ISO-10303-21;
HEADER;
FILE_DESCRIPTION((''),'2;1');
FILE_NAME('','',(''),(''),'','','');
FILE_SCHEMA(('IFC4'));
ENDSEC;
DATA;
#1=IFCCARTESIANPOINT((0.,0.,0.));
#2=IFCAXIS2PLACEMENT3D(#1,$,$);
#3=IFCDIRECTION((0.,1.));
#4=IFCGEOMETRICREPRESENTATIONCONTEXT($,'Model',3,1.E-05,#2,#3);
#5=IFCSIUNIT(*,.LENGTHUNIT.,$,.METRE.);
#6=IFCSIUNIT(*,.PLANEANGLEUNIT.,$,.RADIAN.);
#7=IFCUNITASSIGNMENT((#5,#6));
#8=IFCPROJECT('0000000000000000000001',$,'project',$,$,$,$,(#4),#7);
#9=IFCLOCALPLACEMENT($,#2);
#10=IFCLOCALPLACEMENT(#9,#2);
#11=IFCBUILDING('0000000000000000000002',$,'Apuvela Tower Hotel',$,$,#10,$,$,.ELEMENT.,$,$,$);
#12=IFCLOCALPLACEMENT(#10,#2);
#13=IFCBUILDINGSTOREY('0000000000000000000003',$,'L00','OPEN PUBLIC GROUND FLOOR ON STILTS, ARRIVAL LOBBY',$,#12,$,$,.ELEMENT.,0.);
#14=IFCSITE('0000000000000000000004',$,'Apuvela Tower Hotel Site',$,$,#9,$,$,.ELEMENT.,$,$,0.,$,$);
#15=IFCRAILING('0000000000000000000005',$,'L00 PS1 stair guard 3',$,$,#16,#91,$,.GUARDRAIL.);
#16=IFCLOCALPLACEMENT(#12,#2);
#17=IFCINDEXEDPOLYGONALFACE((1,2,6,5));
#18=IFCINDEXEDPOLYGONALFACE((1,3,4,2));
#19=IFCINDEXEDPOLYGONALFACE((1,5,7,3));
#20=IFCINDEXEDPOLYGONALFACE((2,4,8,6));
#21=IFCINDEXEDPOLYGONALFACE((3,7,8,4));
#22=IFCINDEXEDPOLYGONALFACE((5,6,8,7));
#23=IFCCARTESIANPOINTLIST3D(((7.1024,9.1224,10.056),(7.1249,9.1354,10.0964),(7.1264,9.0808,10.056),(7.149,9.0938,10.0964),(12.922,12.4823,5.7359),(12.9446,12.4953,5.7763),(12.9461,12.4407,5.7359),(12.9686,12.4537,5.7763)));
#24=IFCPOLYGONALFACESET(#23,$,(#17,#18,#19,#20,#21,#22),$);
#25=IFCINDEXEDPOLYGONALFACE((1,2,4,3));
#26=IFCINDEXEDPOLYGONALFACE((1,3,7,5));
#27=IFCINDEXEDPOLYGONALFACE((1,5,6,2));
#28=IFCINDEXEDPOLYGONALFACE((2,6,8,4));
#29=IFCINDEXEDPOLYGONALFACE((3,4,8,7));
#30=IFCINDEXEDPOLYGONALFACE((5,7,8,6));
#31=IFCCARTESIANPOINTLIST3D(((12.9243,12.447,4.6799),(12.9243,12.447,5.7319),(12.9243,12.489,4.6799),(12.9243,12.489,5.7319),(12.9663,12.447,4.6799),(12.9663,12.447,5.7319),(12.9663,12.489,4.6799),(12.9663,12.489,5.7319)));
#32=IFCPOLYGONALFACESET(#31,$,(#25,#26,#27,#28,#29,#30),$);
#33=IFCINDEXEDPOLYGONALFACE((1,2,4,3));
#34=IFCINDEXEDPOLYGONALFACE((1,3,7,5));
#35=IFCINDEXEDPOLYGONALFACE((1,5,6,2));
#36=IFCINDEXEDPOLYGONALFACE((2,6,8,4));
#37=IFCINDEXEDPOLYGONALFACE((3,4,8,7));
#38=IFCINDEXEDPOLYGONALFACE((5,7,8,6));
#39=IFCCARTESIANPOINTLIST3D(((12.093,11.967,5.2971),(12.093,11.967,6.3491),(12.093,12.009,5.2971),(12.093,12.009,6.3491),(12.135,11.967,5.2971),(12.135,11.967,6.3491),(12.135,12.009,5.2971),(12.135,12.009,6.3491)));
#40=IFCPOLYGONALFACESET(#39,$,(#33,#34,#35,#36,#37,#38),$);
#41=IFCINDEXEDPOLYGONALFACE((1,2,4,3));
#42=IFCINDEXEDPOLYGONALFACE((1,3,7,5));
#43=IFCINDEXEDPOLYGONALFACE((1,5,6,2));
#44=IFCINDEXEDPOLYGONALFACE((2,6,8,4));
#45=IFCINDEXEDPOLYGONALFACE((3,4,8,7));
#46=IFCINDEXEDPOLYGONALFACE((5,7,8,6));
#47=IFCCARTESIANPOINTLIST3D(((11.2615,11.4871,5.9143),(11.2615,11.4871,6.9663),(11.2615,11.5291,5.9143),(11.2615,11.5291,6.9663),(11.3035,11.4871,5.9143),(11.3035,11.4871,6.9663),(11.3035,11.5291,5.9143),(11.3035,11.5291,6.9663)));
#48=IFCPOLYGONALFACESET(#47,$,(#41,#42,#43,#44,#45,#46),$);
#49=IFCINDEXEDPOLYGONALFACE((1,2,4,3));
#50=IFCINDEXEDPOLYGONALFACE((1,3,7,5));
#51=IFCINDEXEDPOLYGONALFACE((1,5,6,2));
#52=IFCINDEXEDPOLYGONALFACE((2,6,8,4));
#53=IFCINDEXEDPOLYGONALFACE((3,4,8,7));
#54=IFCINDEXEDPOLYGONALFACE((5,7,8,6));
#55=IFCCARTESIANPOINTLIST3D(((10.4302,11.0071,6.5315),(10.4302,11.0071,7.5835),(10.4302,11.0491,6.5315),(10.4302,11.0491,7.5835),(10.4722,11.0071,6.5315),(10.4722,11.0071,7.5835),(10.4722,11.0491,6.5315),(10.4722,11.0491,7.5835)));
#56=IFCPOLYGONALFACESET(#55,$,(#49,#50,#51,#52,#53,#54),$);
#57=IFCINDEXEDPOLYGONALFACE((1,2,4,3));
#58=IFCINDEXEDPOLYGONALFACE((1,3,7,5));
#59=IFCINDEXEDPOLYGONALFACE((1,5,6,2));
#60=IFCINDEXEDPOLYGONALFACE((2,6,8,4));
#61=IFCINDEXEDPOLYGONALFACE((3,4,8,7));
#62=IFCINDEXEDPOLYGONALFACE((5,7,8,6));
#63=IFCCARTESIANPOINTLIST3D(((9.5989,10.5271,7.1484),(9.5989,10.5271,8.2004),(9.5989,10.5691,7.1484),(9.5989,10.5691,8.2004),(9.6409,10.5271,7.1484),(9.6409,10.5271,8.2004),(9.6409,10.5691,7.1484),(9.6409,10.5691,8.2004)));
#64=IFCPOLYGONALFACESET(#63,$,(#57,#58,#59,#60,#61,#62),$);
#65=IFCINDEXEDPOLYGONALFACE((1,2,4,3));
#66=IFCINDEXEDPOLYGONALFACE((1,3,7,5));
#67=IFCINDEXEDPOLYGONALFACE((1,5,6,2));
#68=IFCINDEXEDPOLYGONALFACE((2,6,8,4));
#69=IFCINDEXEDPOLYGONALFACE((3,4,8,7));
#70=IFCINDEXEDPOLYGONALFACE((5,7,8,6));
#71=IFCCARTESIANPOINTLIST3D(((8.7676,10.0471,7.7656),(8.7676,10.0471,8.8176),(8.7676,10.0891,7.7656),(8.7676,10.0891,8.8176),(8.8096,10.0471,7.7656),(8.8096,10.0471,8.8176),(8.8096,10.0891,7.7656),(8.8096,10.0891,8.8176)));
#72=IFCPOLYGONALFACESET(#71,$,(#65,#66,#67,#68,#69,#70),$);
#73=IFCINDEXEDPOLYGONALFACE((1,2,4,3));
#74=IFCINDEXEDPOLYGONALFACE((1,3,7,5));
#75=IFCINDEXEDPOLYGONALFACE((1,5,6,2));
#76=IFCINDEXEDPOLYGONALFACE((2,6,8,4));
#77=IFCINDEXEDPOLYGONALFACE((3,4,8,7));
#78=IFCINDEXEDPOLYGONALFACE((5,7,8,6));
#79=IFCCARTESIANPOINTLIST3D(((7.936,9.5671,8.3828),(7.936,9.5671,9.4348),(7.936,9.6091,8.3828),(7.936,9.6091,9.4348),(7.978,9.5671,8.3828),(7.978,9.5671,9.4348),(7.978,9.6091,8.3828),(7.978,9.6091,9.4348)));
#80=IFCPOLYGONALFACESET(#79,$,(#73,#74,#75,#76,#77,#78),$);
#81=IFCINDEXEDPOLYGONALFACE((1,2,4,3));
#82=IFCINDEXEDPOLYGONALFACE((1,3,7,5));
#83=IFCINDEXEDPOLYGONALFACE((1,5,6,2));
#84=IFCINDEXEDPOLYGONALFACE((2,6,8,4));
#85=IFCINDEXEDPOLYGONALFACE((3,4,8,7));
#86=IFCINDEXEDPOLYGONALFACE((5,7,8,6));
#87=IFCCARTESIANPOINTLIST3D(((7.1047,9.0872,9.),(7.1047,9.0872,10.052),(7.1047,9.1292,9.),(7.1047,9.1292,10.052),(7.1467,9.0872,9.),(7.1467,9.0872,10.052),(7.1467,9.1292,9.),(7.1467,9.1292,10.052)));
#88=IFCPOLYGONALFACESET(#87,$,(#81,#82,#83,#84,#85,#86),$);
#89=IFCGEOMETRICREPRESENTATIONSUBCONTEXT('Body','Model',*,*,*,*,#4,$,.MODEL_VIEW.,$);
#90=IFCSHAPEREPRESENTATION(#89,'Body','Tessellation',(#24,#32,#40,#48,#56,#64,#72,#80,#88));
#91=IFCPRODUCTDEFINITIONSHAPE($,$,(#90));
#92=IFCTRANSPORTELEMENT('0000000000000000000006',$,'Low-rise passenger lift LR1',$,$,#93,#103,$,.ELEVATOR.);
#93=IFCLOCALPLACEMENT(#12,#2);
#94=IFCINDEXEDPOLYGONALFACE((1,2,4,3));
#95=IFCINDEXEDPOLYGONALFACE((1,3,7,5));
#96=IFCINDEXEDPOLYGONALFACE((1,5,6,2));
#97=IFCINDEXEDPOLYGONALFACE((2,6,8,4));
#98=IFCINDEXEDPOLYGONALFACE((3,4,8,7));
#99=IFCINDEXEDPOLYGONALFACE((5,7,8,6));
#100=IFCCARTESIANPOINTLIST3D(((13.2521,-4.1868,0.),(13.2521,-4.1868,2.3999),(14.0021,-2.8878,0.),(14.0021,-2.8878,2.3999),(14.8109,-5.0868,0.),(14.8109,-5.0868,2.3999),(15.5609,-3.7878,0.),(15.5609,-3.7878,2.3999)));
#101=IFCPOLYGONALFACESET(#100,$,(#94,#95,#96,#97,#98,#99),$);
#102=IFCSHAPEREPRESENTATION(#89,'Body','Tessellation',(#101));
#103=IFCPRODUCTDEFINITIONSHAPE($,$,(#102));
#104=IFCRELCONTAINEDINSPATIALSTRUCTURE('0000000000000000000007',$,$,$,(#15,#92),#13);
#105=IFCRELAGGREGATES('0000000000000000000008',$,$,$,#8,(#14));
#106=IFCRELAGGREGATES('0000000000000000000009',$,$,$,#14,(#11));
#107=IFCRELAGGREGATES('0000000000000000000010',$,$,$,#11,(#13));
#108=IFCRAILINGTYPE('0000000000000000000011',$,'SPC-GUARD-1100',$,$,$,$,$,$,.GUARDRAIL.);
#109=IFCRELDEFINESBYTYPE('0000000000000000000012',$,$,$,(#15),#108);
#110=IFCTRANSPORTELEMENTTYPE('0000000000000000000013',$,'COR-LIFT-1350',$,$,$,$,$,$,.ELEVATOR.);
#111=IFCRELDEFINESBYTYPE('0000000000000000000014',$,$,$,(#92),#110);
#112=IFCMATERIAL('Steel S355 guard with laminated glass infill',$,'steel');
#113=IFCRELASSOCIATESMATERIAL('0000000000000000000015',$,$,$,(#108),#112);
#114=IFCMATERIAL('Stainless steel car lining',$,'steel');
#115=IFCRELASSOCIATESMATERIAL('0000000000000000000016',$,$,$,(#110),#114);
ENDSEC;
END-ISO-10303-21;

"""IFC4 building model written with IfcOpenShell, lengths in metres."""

from ifc_helpers import new_model, si_unit, direction, frame, origin, origin_2d, place, context, subcontext, project, spatial, rectangle, extrude, material, type_object, element, save


model = new_model("IFC4")

# Units and contexts
model_context = context("Model", 3, precision=1e-05, world=origin(), true_north=direction((0.0, 1.0)))
body_context = subcontext(model_context, "Body", "Model", "MODEL_VIEW")
ifc_project = project(units=[si_unit("LENGTHUNIT", "METRE"), si_unit("PLANEANGLEUNIT", "RADIAN")], contexts=[model_context])

# Site, building, storey
site_placement = place(None, origin())
site = spatial("IfcSite", under=ifc_project, at=site_placement, Name="Apuvela Tower Hotel Site", CompositionType="ELEMENT", RefElevation=0.0)
building_placement = place(site_placement, origin())
building = spatial("IfcBuilding", under=site, at=building_placement, Name="Apuvela Tower Hotel", CompositionType="ELEMENT")
storey_placement = place(building_placement, origin())
storey = spatial("IfcBuildingStorey", under=building, at=storey_placement, Name="L00", Description="OPEN PUBLIC GROUND FLOOR ON STILTS, ARRIVAL LOBBY", CompositionType="ELEMENT", Elevation=0.0)

# Railing
ifc_material_1 = material(Name="Steel S355 guard with laminated glass infill", Category="steel")
railing_type = type_object("IfcRailingType", Name="SPC-GUARD-1100", PredefinedType="GUARDRAIL", material=ifc_material_1)
railing_1_placement = place(storey_placement, frame((12.9453, 12.468, 4.6799)))
element("IfcRailing", 1, at=railing_1_placement, inside=storey, type_object=railing_type, Name="L00 PS1 stair guard 3", PredefinedType="GUARDRAIL", context=body_context, shape_type="SweptSolid", body=[
    extrude(rectangle(XDim=0.0481, YDim=0.0481, at=origin_2d()), frame((0.0, 0.0, 1.0762), z_axis=(-0.728477, -0.420577, 0.540773), x_axis=(0.499992, -0.86603, 0.0)), (0.0, 0.0, 1.0), 7.9888),
    extrude(rectangle(XDim=0.042, YDim=0.042, at=origin_2d()), origin(), (0.0, 0.0, 1.0), 1.052),
    extrude(rectangle(XDim=0.042, YDim=0.042, at=origin_2d()), frame((-0.8313, -0.48, 0.6172)), (0.0, 0.0, 1.0), 1.052),
    extrude(rectangle(XDim=0.042, YDim=0.042, at=origin_2d()), frame((-1.6628, -0.96, 1.2344)), (0.0, 0.0, 1.0), 1.052),
    extrude(rectangle(XDim=0.042, YDim=0.042, at=origin_2d()), frame((-2.4941, -1.4399, 1.8516)), (0.0, 0.0, 1.0), 1.052),
    extrude(rectangle(XDim=0.042, YDim=0.042, at=origin_2d()), frame((-3.3254, -1.9199, 2.4685)), (0.0, 0.0, 1.0), 1.052),
    extrude(rectangle(XDim=0.042, YDim=0.042, at=origin_2d()), frame((-4.1567, -2.3999, 3.0857)), (0.0, 0.0, 1.0), 1.052),
    extrude(rectangle(XDim=0.042, YDim=0.042, at=origin_2d()), frame((-4.9883, -2.8799, 3.7029)), (0.0, 0.0, 1.0), 1.052),
    extrude(rectangle(XDim=0.042, YDim=0.042, at=origin_2d()), frame((-5.8196, -3.3599, 4.3201)), (0.0, 0.0, 1.0), 1.052),
])

# Transport element
ifc_material_2 = material(Name="Stainless steel car lining", Category="steel")
transport_element_type = type_object("IfcTransportElementType", Name="COR-LIFT-1350", PredefinedType="ELEVATOR", material=ifc_material_2)
transport_element_placement = place(storey_placement, frame((14.4065, -3.9873, 0.0), z_axis=(0.0, 0.0, 1.0), x_axis=(0.866025, -0.5, 0.0)))
element("IfcTransportElement", 2, at=transport_element_placement, inside=storey, type_object=transport_element_type, Name="Low-rise passenger lift LR1", PredefinedType="ELEVATOR", context=body_context, shape_type="SweptSolid", body=[
    extrude(rectangle(XDim=1.8, YDim=1.5, at=origin_2d()), origin(), (0.0, 0.0, 1.0), 2.3999),
])

save(model, "model.ifc")
